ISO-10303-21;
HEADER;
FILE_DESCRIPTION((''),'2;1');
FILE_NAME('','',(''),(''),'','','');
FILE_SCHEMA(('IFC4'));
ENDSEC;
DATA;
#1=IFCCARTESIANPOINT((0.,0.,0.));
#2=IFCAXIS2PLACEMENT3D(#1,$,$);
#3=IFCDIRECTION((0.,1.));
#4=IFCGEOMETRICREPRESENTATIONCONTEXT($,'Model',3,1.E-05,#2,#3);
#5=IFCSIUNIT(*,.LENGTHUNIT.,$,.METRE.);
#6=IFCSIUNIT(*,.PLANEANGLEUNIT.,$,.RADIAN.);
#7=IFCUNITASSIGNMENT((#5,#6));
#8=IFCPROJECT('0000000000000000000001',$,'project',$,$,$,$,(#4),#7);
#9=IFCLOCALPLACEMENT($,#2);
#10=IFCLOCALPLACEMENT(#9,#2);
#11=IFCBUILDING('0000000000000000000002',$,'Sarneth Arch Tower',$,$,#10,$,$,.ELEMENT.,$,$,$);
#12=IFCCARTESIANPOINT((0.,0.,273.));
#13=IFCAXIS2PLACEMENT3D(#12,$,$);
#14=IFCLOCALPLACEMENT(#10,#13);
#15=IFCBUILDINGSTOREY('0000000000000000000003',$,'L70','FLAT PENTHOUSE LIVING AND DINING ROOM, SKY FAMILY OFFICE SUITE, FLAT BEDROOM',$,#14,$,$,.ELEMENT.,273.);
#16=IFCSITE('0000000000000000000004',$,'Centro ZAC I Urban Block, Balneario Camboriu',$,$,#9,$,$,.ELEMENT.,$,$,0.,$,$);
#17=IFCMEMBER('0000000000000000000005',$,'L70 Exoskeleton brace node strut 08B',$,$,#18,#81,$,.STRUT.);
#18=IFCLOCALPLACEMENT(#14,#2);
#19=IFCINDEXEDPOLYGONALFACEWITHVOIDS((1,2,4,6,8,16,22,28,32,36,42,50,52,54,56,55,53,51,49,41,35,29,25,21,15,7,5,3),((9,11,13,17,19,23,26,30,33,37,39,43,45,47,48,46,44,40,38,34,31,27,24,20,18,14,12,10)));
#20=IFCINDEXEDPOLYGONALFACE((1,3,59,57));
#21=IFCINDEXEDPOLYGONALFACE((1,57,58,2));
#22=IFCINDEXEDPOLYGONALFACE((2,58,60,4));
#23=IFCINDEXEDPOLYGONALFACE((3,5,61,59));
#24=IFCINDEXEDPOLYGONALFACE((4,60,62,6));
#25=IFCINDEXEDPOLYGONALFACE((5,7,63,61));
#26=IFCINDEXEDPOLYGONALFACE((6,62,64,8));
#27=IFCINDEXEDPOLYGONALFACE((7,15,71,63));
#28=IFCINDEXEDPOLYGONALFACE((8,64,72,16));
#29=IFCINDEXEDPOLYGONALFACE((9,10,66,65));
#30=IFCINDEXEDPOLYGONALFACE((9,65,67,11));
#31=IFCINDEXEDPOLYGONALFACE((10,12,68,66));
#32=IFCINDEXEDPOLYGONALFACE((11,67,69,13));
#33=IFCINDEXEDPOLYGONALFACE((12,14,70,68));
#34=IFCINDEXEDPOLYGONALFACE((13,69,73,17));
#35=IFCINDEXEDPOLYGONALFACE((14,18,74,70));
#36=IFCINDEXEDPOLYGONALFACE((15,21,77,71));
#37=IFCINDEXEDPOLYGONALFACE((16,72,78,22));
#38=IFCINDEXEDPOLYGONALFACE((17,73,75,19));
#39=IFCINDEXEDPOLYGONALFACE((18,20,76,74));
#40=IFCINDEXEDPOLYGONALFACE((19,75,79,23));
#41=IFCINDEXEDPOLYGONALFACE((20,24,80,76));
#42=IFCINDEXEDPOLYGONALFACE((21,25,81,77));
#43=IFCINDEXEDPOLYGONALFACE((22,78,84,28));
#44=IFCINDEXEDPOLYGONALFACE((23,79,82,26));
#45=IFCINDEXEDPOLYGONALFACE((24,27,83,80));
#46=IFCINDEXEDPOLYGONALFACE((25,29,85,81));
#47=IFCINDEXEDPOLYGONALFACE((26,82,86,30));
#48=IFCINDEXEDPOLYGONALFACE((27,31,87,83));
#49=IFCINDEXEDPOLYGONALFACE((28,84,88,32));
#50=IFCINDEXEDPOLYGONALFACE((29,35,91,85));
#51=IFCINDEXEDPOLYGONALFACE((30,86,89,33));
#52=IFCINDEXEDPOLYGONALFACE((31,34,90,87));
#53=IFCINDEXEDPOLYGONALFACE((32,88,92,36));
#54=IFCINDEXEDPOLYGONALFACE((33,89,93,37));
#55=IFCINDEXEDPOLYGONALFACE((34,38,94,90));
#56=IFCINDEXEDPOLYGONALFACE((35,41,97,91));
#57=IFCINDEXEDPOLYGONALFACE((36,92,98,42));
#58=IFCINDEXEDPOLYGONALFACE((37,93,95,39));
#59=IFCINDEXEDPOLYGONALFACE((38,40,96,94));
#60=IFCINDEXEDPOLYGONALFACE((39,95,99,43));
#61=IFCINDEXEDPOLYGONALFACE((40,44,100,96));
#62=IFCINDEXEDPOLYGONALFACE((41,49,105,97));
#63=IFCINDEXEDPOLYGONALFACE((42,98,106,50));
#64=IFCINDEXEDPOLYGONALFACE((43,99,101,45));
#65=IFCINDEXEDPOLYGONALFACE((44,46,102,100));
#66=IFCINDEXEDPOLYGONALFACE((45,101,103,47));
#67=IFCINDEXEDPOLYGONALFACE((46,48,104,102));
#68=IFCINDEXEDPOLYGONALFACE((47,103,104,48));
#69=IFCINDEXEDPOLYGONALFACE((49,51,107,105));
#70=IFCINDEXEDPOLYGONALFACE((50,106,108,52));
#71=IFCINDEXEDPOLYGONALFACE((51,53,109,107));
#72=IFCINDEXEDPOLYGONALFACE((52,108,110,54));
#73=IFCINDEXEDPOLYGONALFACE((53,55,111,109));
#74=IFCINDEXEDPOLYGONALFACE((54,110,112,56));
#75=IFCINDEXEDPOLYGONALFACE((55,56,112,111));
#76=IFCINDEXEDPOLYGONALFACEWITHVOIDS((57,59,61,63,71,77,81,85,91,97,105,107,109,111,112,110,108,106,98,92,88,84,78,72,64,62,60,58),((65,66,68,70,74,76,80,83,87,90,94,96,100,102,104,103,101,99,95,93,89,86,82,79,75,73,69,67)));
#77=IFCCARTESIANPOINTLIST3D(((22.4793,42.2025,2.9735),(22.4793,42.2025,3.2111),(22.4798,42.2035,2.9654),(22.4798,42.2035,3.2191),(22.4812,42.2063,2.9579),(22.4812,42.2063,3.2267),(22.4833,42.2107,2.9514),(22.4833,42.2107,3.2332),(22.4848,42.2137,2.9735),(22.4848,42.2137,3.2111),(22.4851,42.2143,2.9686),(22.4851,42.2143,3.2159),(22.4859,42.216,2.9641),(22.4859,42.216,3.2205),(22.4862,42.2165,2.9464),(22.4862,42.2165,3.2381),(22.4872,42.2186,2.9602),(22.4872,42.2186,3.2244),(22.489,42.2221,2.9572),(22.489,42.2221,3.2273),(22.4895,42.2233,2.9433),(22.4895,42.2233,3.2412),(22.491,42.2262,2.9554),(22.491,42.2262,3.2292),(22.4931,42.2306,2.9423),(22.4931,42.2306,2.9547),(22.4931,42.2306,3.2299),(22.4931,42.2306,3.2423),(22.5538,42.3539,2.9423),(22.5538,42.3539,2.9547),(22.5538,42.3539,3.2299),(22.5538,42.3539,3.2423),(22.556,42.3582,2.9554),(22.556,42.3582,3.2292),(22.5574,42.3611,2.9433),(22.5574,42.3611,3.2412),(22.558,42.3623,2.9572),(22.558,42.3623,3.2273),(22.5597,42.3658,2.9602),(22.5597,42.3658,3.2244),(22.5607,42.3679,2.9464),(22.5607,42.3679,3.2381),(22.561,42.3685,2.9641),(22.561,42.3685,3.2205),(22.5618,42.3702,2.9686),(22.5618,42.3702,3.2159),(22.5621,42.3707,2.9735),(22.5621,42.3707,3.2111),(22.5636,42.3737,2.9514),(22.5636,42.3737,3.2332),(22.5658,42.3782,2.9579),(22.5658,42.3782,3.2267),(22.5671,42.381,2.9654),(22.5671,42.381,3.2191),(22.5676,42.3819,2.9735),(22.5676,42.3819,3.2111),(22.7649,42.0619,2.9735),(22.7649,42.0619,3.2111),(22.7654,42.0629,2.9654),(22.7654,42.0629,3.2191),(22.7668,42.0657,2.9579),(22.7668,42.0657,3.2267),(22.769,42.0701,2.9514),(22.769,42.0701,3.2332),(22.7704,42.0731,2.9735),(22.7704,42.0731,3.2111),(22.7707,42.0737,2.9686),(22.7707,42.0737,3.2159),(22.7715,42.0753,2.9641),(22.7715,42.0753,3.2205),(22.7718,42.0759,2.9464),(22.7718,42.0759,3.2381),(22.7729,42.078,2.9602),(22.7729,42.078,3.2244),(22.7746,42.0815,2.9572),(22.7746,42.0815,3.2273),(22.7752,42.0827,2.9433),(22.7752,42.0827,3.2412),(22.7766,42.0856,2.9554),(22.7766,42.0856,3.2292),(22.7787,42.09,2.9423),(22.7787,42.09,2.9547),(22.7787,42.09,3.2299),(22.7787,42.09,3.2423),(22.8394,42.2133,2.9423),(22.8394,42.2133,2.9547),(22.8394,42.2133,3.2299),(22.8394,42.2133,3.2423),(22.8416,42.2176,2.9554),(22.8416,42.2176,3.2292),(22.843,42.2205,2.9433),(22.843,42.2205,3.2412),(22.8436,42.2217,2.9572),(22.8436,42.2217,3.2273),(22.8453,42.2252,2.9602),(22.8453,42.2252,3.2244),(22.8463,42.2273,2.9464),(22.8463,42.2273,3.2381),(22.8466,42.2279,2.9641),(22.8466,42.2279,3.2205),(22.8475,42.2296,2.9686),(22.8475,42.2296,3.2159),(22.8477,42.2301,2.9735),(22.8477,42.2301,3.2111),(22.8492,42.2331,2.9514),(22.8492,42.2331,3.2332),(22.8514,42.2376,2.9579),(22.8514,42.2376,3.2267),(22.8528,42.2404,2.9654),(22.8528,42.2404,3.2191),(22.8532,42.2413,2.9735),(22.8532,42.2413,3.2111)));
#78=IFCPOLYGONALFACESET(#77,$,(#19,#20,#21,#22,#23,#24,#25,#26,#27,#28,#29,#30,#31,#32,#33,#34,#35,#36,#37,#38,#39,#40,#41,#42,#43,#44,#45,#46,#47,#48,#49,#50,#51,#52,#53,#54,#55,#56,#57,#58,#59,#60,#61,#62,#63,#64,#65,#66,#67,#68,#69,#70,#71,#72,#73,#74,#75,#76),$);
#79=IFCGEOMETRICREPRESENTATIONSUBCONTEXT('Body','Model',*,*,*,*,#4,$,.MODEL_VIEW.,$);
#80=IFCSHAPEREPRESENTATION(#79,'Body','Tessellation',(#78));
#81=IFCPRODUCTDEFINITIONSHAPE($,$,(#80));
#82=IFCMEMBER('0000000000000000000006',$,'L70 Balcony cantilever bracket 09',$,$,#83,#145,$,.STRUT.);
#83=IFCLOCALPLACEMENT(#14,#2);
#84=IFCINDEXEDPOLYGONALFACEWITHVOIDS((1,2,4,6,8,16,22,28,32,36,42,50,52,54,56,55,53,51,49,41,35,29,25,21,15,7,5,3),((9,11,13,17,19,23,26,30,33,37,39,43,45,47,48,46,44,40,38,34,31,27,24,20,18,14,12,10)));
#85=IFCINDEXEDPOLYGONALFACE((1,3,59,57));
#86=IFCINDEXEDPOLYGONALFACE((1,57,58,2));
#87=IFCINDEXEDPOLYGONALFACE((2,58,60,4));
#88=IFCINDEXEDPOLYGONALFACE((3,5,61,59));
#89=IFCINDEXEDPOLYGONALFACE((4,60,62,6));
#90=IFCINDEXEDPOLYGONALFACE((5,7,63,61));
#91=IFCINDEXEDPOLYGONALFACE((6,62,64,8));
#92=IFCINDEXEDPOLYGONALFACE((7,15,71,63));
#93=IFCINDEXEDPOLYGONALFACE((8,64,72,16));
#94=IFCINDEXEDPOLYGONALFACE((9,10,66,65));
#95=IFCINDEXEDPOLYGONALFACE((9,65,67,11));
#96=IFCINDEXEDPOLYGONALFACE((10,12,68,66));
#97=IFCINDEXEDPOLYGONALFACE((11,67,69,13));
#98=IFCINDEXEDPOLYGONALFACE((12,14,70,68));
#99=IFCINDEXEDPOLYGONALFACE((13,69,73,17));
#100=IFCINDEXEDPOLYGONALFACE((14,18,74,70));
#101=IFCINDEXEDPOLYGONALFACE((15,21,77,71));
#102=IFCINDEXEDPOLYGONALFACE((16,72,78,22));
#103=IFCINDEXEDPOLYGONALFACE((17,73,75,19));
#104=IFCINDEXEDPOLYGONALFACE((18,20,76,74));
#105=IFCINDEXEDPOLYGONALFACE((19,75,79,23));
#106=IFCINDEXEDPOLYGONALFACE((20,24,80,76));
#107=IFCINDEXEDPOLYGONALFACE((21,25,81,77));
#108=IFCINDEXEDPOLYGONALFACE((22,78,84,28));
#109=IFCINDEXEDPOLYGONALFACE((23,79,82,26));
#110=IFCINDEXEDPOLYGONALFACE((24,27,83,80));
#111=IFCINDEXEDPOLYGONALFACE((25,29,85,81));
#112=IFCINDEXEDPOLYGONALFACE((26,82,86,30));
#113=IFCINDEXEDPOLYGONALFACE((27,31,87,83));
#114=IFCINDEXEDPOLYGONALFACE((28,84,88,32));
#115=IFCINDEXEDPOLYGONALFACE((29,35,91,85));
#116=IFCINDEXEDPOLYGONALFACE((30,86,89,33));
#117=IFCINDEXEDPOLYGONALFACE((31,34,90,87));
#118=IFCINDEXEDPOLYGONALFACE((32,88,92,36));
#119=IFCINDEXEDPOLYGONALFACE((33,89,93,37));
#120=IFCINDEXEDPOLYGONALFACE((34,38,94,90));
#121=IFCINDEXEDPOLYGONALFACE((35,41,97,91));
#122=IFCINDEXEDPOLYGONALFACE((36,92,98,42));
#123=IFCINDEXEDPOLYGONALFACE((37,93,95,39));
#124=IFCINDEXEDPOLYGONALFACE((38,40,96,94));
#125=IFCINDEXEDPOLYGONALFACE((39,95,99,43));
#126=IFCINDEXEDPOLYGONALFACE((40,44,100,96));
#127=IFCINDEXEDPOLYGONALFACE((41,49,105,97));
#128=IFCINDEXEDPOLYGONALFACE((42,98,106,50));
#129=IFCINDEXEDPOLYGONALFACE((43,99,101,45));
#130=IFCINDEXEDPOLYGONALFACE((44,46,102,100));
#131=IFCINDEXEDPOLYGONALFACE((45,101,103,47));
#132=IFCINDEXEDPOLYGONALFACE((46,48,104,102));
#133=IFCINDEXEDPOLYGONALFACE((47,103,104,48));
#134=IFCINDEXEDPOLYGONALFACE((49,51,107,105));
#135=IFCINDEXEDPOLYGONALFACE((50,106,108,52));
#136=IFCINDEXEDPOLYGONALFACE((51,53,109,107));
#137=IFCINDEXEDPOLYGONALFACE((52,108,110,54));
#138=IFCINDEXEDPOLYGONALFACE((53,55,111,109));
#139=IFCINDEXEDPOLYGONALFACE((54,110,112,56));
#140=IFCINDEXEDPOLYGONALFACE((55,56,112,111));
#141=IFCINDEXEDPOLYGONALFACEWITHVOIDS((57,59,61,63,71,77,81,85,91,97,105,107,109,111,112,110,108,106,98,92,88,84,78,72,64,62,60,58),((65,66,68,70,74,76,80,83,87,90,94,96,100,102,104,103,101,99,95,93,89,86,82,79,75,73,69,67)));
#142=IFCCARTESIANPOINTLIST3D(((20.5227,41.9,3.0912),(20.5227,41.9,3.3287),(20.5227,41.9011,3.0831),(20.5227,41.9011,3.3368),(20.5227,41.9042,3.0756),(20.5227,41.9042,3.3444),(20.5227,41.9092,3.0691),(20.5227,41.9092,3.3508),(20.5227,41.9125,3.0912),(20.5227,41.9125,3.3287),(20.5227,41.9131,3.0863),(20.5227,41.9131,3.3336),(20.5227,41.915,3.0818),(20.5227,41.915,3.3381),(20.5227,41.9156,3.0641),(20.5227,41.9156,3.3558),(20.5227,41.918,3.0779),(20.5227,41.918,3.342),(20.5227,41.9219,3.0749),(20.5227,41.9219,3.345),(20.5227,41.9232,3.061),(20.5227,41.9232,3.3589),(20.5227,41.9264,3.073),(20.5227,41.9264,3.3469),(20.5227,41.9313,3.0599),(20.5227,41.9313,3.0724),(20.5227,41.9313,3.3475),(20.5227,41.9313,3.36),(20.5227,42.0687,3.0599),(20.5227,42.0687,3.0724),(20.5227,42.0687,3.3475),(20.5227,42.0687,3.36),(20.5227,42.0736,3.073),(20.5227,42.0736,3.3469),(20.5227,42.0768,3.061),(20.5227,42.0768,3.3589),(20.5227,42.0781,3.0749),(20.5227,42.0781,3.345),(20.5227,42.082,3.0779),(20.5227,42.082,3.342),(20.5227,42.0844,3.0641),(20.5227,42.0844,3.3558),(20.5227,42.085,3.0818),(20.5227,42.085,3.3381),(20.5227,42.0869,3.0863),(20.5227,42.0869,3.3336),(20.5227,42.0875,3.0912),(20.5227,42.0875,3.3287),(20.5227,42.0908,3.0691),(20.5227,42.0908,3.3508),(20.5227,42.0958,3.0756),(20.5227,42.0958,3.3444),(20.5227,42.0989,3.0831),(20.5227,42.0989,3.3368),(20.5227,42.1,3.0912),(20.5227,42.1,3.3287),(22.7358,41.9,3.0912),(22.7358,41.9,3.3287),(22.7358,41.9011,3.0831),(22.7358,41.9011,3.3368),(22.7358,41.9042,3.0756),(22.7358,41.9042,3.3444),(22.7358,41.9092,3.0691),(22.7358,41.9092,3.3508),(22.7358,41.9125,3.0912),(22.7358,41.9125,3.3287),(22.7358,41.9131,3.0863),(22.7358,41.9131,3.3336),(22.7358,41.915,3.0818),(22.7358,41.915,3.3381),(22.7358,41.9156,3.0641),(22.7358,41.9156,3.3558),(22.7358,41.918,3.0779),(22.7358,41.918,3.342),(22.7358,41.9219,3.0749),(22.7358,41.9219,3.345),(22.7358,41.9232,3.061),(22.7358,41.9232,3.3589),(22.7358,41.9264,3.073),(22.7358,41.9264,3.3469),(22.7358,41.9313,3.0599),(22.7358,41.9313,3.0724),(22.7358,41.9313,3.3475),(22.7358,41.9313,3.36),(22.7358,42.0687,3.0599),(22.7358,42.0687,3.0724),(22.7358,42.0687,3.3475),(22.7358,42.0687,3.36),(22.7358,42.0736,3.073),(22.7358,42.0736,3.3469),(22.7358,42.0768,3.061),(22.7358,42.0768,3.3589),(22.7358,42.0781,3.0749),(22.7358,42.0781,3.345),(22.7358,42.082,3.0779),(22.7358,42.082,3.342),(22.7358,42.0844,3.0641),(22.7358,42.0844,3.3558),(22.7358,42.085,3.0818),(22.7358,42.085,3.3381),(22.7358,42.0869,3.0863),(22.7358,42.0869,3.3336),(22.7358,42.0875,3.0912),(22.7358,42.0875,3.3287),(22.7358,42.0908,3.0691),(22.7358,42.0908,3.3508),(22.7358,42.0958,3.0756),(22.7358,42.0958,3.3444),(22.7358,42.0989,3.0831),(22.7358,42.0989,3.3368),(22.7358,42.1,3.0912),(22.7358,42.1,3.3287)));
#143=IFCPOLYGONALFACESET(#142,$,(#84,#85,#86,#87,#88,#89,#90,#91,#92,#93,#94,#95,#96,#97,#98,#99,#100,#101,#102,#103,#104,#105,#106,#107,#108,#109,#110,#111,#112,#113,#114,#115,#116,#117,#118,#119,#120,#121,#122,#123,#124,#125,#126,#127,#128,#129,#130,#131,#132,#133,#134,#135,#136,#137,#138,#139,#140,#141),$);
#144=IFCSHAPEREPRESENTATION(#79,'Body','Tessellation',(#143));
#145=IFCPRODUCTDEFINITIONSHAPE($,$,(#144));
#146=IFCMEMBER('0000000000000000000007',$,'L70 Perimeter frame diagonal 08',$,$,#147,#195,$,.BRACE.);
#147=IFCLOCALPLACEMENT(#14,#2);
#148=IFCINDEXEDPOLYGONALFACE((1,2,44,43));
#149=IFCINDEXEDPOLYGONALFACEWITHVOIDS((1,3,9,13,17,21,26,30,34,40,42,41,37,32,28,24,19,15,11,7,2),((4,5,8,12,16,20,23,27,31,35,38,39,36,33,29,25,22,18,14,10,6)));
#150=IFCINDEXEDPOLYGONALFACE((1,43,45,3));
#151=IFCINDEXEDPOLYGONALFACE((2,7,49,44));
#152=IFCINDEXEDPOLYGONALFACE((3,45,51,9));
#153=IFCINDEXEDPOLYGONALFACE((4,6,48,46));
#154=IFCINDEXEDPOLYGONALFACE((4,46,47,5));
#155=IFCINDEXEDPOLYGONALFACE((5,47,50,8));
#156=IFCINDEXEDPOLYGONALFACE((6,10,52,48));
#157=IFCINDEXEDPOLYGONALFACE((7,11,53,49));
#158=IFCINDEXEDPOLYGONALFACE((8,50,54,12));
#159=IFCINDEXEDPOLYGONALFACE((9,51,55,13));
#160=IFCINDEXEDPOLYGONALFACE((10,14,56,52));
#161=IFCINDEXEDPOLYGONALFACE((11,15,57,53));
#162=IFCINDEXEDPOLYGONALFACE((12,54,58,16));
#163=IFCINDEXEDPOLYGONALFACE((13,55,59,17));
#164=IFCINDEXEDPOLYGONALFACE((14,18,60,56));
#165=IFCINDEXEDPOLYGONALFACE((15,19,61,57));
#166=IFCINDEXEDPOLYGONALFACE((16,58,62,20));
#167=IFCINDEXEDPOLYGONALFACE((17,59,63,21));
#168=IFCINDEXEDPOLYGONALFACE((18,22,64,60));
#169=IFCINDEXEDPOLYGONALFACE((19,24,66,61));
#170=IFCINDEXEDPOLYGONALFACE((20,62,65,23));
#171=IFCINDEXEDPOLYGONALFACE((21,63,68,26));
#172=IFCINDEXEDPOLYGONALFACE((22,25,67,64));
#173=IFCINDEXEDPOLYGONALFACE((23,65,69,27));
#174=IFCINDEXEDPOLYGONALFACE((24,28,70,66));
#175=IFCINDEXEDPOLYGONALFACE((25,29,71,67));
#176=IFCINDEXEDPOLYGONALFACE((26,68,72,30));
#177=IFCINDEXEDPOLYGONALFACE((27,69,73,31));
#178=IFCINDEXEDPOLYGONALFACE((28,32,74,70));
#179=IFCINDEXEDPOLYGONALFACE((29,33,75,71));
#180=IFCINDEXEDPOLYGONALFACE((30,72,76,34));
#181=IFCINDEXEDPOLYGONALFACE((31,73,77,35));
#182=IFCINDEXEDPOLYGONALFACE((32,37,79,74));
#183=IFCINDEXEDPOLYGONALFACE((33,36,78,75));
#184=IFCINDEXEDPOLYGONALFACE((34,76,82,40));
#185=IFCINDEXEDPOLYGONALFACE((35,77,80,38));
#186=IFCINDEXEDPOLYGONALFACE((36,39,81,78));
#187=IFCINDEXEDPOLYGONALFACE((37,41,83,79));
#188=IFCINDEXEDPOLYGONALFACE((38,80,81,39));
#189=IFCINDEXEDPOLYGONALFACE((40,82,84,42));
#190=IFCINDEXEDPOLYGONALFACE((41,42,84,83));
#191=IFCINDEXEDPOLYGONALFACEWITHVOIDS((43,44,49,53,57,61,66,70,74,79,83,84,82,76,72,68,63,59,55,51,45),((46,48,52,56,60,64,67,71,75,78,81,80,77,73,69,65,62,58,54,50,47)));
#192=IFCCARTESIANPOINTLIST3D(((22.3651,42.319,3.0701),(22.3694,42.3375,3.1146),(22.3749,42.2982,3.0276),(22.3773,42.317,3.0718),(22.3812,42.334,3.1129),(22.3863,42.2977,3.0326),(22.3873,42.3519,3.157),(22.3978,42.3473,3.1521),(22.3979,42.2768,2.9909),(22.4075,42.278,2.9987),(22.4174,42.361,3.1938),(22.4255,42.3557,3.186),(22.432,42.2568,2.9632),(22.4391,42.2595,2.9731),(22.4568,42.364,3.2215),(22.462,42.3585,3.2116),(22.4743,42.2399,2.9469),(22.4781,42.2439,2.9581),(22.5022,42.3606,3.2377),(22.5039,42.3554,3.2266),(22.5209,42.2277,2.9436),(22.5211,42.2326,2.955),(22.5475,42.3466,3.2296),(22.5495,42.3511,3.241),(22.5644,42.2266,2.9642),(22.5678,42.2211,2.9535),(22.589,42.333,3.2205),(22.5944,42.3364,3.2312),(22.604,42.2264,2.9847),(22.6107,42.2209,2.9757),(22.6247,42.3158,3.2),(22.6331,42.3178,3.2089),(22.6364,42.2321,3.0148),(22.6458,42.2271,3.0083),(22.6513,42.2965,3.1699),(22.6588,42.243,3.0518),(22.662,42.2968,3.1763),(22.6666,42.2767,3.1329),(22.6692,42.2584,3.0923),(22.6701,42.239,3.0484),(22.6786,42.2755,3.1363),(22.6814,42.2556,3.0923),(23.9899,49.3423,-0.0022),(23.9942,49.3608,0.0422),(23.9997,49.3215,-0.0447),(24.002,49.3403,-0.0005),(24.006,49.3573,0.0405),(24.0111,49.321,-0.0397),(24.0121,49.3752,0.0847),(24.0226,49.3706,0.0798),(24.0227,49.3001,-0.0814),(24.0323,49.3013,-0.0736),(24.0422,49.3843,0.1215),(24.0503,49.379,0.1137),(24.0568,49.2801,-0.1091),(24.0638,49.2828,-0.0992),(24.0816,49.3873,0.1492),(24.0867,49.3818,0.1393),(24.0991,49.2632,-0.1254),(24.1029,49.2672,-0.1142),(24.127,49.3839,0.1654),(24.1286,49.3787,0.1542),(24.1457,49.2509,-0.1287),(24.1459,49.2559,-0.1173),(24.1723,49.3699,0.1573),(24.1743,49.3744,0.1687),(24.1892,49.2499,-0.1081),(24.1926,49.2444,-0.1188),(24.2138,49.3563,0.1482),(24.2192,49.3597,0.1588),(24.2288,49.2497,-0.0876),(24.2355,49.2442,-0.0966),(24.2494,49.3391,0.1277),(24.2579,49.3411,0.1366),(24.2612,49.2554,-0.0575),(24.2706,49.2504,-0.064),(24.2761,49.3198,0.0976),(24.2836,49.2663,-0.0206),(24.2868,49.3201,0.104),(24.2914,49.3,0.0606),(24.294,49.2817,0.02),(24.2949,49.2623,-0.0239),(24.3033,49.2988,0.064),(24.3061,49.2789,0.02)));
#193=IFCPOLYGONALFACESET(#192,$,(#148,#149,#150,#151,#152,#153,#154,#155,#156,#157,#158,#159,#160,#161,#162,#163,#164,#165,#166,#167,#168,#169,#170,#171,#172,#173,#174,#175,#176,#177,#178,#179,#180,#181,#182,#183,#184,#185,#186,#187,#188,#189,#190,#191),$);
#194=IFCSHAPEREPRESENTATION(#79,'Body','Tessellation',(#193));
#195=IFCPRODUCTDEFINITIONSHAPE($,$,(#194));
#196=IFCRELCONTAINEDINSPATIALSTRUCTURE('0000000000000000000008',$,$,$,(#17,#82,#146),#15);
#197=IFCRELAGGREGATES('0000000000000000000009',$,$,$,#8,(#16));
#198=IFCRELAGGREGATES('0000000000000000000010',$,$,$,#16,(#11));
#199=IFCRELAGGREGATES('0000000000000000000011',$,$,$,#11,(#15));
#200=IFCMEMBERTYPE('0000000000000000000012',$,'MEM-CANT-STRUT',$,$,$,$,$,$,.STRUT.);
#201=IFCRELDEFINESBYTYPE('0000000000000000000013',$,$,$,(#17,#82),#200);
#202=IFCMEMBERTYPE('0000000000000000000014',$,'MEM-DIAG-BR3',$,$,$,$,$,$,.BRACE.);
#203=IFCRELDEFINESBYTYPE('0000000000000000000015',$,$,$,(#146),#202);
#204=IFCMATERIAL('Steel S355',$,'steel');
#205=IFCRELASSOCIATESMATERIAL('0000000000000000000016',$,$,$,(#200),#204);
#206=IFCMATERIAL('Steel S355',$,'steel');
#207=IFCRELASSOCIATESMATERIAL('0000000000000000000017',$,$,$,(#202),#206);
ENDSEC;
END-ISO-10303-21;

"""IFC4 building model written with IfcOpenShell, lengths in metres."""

from ifc_helpers import new_model, si_unit, direction, frame, origin, origin_2d, place, context, subcontext, project, spatial, hollow_rectangle, hollow_circle, extrude, material, material_profile, profile_set, type_object, element, save


model = new_model("IFC4")

# Units and contexts
model_context = context("Model", 3, precision=1e-05, world=origin(), true_north=direction((0.0, 1.0)))
body_context = subcontext(model_context, "Body", "Model", "MODEL_VIEW")
ifc_project = project(units=[si_unit("LENGTHUNIT", "METRE"), si_unit("PLANEANGLEUNIT", "RADIAN")], contexts=[model_context])

# Site, building, storey
site_placement = place(None, origin())
site = spatial("IfcSite", under=ifc_project, at=site_placement, Name="Centro ZAC I Urban Block, Balneario Camboriu", CompositionType="ELEMENT", RefElevation=0.0)
building_placement = place(site_placement, origin())
building = spatial("IfcBuilding", under=site, at=building_placement, Name="Sarneth Arch Tower", CompositionType="ELEMENT")
storey_placement = place(building_placement, frame((0.0, 0.0, 273.0)))
storey = spatial("IfcBuildingStorey", under=building, at=storey_placement, Name="L70", Description="FLAT PENTHOUSE LIVING AND DINING ROOM, SKY FAMILY OFFICE SUITE, FLAT BEDROOM", CompositionType="ELEMENT", Elevation=273.0)

# Members
ifc_material_1 = material(Name="Steel S355", Category="steel")
ifc_material_profile_1 = material_profile(ifc_material_1, hollow_rectangle(XDim=0.2, YDim=0.3, WallThickness=0.0125, InnerFilletRadius=0.0188, OuterFilletRadius=0.0312, at=origin_2d()), Name="RHS300x200x12.5")
ifc_profile_set_1 = profile_set([ifc_material_profile_1], Name="Steel S355")
member_type_1 = type_object("IfcMemberType", Name="MEM-CANT-STRUT", PredefinedType="STRUT", material=ifc_profile_set_1)
member_1_placement = place(storey_placement, frame((22.8091, 42.1516, 3.0923), z_axis=(-0.897171, 0.441684, 0.0), x_axis=(-0.441684, -0.897171, 0.0)))
element("IfcMember", 1, at=member_1_placement, inside=storey, type_object=member_type_1, Name="L70 Exoskeleton brace node strut 08B", PredefinedType="STRUT", context=body_context, shape_type="SweptSolid", body=[
    extrude(hollow_rectangle(XDim=0.2, YDim=0.3, WallThickness=0.0125, InnerFilletRadius=0.0188, OuterFilletRadius=0.0312, at=origin_2d()), origin(), (0.0, 0.0, 1.0), 0.3184),
])
member_2_placement = place(storey_placement, frame((22.7358, 42.0, 3.21), z_axis=(-1.0, 0.0, 0.0), x_axis=(0.0, -1.0, 0.0)))
element("IfcMember", 2, at=member_2_placement, inside=storey, type_object=member_type_1, Name="L70 Balcony cantilever bracket 09", PredefinedType="STRUT", context=body_context, shape_type="SweptSolid", body=[
    extrude(hollow_rectangle(XDim=0.2, YDim=0.3, WallThickness=0.0125, InnerFilletRadius=0.0188, OuterFilletRadius=0.0312, at=origin_2d()), origin(), (0.0, 0.0, 1.0), 2.2131),
])
ifc_material_2 = material(Name="Steel S355", Category="steel")
ifc_material_profile_2 = material_profile(ifc_material_2, hollow_circle(Radius=0.1621, WallThickness=0.0125, at=origin_2d()), Name="CHS324x12.5")
ifc_profile_set_2 = profile_set([ifc_material_profile_2], Name="Steel S355")
member_type_2 = type_object("IfcMemberType", Name="MEM-DIAG-BR3", PredefinedType="BRACE", material=ifc_profile_set_2)
member_3_placement = place(storey_placement, frame((24.1482, 49.3154, 0.02), z_axis=(-0.207343, -0.896265, 0.392067), x_axis=(0.974269, -0.225389, 0.0)))
element("IfcMember", 3, at=member_3_placement, inside=storey, type_object=member_type_2, Name="L70 Perimeter frame diagonal 08", PredefinedType="BRACE", context=body_context, shape_type="SweptSolid", body=[
    extrude(hollow_circle(Radius=0.1621, WallThickness=0.0125, at=origin_2d()), origin(), (0.0, 0.0, 1.0), 7.8362),
])

save(model, "model.ifc")
